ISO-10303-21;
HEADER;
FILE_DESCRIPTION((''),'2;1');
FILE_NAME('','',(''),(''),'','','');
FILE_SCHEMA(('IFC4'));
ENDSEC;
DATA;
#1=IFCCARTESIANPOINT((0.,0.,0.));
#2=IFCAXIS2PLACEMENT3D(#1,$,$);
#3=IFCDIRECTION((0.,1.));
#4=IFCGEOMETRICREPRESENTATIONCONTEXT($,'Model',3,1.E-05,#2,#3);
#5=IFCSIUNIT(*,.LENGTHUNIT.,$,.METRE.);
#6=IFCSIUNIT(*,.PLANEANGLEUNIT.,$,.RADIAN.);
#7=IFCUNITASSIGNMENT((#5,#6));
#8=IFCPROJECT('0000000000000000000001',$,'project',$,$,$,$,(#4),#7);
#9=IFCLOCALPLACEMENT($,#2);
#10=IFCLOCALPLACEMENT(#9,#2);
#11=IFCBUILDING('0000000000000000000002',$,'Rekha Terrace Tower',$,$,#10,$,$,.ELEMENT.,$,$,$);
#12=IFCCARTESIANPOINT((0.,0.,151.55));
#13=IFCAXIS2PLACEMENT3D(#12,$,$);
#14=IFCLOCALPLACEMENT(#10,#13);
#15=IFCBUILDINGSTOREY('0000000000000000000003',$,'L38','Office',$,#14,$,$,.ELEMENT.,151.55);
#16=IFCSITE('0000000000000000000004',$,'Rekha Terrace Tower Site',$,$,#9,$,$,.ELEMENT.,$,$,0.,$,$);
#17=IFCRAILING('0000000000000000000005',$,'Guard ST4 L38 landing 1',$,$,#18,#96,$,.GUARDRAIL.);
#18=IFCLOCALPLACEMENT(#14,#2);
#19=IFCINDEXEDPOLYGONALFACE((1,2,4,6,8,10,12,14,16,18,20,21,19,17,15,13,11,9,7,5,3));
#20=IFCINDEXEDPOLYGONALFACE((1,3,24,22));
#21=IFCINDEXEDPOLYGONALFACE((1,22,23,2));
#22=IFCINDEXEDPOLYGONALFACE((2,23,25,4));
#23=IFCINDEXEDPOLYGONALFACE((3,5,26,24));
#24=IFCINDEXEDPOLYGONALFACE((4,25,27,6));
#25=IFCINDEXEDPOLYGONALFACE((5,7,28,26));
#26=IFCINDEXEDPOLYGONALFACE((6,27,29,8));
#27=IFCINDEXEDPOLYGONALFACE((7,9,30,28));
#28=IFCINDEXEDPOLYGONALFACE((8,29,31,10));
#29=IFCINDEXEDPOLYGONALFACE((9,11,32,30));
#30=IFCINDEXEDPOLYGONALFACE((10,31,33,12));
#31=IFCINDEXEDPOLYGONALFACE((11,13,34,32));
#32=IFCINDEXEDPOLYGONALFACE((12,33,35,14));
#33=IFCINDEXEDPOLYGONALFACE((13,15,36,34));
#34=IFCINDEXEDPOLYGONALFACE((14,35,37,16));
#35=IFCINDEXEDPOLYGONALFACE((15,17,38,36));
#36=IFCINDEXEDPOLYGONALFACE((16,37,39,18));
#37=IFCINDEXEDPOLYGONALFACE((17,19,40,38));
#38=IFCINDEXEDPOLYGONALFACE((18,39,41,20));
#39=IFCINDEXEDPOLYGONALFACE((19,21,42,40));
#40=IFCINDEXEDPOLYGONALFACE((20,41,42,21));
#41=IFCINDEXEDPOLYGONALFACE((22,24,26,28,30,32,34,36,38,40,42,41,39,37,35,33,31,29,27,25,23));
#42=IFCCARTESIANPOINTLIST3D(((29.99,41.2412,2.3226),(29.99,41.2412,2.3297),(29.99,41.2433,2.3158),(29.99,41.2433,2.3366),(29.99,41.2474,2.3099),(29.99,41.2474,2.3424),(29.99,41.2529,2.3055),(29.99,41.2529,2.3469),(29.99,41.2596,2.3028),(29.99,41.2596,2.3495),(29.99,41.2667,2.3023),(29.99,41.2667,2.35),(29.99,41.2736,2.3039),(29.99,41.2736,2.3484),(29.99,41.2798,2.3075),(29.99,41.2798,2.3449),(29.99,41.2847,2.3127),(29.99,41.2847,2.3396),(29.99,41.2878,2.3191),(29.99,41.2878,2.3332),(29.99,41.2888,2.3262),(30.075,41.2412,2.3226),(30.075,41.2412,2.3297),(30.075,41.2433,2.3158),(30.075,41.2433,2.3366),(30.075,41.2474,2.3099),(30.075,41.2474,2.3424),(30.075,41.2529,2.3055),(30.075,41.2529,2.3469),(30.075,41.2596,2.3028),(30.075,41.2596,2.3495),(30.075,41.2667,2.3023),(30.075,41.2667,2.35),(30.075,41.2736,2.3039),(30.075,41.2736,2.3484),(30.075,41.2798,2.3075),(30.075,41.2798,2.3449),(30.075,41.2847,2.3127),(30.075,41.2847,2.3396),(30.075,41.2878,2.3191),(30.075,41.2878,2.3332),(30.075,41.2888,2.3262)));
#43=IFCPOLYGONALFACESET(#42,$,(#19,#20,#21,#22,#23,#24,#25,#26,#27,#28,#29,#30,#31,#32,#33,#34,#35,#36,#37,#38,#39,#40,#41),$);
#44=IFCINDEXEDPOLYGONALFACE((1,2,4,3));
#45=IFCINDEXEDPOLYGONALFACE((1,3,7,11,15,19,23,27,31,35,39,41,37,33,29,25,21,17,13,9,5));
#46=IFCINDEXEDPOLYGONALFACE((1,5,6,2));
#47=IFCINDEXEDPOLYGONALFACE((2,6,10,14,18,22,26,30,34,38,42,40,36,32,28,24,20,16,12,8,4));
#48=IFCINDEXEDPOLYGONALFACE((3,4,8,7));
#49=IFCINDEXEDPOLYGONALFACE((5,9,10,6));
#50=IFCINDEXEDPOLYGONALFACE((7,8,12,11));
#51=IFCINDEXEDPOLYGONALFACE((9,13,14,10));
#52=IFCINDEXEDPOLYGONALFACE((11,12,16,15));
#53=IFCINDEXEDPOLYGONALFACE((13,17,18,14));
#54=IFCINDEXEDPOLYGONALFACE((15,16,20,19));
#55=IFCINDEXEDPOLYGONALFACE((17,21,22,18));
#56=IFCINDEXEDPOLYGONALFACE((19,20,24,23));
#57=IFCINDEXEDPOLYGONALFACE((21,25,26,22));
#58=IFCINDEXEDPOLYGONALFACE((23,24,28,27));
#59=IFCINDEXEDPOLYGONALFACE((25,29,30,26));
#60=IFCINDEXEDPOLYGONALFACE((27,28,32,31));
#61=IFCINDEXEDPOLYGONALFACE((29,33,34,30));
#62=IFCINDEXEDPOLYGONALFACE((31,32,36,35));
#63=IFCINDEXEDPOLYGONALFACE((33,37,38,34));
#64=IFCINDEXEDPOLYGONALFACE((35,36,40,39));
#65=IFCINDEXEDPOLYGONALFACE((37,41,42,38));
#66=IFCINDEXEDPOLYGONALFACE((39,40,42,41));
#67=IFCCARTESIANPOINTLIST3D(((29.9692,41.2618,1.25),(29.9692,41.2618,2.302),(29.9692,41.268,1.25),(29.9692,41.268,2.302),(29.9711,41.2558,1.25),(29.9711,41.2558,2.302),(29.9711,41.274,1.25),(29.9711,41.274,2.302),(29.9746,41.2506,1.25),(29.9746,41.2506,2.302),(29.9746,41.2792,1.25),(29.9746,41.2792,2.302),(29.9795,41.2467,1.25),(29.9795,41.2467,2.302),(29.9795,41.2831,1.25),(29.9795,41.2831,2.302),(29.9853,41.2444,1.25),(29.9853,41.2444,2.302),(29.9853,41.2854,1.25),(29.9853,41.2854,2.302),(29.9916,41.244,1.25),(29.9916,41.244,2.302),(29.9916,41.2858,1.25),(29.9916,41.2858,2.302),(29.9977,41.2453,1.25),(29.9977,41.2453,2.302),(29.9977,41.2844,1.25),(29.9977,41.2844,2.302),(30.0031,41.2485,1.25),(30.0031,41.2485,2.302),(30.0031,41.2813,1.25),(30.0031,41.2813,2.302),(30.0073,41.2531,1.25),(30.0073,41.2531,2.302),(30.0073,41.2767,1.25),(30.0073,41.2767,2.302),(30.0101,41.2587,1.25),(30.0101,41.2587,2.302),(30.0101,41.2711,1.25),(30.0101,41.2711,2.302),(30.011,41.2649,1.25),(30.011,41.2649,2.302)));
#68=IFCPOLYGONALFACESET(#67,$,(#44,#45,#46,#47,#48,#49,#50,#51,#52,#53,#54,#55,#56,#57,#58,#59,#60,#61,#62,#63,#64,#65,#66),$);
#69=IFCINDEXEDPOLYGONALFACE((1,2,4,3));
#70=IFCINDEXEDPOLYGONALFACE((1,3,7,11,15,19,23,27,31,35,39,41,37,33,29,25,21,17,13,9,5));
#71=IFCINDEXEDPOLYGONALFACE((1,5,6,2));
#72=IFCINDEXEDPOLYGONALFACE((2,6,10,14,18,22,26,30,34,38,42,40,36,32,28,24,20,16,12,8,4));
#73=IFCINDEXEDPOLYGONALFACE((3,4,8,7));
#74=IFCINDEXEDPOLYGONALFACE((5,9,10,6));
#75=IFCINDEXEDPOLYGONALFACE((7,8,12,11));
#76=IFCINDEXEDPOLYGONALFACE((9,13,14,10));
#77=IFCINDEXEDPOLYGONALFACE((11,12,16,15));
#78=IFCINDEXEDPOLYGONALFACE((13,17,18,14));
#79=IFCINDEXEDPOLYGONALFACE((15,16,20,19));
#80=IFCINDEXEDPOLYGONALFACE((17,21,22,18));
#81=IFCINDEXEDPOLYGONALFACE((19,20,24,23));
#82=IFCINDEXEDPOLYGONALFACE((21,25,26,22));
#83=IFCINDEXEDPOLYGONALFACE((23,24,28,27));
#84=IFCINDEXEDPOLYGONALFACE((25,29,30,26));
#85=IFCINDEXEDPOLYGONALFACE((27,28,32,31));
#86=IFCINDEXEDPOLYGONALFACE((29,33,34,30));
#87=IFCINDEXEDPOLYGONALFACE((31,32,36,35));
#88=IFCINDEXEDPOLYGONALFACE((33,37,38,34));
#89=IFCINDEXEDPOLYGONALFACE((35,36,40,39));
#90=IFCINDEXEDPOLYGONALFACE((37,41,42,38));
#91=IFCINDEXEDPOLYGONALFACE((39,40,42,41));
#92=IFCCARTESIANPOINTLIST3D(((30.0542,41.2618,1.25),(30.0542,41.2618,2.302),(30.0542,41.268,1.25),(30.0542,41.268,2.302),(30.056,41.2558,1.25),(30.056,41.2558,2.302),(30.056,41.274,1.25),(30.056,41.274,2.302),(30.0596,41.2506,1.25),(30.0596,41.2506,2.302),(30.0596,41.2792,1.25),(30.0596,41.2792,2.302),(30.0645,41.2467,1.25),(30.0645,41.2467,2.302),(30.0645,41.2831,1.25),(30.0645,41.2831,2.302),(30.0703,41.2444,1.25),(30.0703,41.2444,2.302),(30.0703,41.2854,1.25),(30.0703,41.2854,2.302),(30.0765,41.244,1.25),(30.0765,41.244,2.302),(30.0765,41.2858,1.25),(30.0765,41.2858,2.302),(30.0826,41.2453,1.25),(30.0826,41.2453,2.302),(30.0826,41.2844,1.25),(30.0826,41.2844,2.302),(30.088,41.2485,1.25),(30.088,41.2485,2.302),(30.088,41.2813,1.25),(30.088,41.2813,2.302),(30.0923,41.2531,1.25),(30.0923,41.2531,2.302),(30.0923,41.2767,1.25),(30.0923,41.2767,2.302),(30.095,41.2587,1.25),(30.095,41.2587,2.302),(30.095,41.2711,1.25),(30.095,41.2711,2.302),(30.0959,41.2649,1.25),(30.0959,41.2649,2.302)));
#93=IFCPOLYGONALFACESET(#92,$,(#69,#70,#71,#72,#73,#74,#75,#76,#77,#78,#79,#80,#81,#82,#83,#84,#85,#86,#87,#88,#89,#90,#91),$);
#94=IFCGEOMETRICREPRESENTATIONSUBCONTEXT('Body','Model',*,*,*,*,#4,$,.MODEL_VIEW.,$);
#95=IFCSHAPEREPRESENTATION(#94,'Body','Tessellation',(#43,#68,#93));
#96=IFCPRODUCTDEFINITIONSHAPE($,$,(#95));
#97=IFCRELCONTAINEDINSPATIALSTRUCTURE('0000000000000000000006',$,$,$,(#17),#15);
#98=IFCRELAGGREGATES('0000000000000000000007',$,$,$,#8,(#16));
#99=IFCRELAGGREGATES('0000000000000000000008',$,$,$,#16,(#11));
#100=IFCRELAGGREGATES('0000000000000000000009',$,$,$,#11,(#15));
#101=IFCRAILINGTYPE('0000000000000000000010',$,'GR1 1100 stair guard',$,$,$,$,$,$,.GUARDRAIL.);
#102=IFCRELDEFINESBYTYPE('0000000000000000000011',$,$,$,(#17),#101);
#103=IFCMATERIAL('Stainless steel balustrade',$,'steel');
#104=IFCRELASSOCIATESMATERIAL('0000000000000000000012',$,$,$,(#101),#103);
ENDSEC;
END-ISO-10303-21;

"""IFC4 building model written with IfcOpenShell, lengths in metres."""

from ifc_helpers import new_model, si_unit, direction, frame, origin, origin_2d, place, context, subcontext, project, spatial, circle, extrude, material, type_object, element, save


model = new_model("IFC4")

# Units and contexts
model_context = context("Model", 3, precision=1e-05, world=origin(), true_north=direction((0.0, 1.0)))
body_context = subcontext(model_context, "Body", "Model", "MODEL_VIEW")
ifc_project = project(units=[si_unit("LENGTHUNIT", "METRE"), si_unit("PLANEANGLEUNIT", "RADIAN")], contexts=[model_context])

# Site, building, storey
site_placement = place(None, origin())
site = spatial("IfcSite", under=ifc_project, at=site_placement, Name="Rekha Terrace Tower Site", CompositionType="ELEMENT", RefElevation=0.0)
building_placement = place(site_placement, origin())
building = spatial("IfcBuilding", under=site, at=building_placement, Name="Rekha Terrace Tower", CompositionType="ELEMENT")
storey_placement = place(building_placement, frame((0.0, 0.0, 151.55)))
storey = spatial("IfcBuildingStorey", under=building, at=storey_placement, Name="L38", Description="Office", CompositionType="ELEMENT", Elevation=151.55)

# Railing
ifc_material_1 = material(Name="Stainless steel balustrade", Category="steel")
railing_type_1 = type_object("IfcRailingType", Name="GR1 1100 stair guard", PredefinedType="GUARDRAIL", material=ifc_material_1)
railing_1_placement = place(storey_placement, frame((29.99, 41.2649, 1.25)))
element("IfcRailing", 1, at=railing_1_placement, inside=storey, type_object=railing_type_1, Name="Guard ST4 L38 landing 1", PredefinedType="GUARDRAIL", context=body_context, shape_type="SweptSolid", body=[
    extrude(circle(Radius=0.0239, at=origin_2d()), frame((0.0, 0.0, 1.0762), z_axis=(1.0, 0.0, 0.0), x_axis=(0.0, 1.0, 0.0)), (0.0, 0.0, 1.0), 0.085),
    extrude(circle(Radius=0.021, at=origin_2d()), origin(), (0.0, 0.0, 1.0), 1.052),
    extrude(circle(Radius=0.021, at=origin_2d()), frame((0.085, 0.0, 0.0)), (0.0, 0.0, 1.0), 1.052),
])

save(model, "model.ifc")
